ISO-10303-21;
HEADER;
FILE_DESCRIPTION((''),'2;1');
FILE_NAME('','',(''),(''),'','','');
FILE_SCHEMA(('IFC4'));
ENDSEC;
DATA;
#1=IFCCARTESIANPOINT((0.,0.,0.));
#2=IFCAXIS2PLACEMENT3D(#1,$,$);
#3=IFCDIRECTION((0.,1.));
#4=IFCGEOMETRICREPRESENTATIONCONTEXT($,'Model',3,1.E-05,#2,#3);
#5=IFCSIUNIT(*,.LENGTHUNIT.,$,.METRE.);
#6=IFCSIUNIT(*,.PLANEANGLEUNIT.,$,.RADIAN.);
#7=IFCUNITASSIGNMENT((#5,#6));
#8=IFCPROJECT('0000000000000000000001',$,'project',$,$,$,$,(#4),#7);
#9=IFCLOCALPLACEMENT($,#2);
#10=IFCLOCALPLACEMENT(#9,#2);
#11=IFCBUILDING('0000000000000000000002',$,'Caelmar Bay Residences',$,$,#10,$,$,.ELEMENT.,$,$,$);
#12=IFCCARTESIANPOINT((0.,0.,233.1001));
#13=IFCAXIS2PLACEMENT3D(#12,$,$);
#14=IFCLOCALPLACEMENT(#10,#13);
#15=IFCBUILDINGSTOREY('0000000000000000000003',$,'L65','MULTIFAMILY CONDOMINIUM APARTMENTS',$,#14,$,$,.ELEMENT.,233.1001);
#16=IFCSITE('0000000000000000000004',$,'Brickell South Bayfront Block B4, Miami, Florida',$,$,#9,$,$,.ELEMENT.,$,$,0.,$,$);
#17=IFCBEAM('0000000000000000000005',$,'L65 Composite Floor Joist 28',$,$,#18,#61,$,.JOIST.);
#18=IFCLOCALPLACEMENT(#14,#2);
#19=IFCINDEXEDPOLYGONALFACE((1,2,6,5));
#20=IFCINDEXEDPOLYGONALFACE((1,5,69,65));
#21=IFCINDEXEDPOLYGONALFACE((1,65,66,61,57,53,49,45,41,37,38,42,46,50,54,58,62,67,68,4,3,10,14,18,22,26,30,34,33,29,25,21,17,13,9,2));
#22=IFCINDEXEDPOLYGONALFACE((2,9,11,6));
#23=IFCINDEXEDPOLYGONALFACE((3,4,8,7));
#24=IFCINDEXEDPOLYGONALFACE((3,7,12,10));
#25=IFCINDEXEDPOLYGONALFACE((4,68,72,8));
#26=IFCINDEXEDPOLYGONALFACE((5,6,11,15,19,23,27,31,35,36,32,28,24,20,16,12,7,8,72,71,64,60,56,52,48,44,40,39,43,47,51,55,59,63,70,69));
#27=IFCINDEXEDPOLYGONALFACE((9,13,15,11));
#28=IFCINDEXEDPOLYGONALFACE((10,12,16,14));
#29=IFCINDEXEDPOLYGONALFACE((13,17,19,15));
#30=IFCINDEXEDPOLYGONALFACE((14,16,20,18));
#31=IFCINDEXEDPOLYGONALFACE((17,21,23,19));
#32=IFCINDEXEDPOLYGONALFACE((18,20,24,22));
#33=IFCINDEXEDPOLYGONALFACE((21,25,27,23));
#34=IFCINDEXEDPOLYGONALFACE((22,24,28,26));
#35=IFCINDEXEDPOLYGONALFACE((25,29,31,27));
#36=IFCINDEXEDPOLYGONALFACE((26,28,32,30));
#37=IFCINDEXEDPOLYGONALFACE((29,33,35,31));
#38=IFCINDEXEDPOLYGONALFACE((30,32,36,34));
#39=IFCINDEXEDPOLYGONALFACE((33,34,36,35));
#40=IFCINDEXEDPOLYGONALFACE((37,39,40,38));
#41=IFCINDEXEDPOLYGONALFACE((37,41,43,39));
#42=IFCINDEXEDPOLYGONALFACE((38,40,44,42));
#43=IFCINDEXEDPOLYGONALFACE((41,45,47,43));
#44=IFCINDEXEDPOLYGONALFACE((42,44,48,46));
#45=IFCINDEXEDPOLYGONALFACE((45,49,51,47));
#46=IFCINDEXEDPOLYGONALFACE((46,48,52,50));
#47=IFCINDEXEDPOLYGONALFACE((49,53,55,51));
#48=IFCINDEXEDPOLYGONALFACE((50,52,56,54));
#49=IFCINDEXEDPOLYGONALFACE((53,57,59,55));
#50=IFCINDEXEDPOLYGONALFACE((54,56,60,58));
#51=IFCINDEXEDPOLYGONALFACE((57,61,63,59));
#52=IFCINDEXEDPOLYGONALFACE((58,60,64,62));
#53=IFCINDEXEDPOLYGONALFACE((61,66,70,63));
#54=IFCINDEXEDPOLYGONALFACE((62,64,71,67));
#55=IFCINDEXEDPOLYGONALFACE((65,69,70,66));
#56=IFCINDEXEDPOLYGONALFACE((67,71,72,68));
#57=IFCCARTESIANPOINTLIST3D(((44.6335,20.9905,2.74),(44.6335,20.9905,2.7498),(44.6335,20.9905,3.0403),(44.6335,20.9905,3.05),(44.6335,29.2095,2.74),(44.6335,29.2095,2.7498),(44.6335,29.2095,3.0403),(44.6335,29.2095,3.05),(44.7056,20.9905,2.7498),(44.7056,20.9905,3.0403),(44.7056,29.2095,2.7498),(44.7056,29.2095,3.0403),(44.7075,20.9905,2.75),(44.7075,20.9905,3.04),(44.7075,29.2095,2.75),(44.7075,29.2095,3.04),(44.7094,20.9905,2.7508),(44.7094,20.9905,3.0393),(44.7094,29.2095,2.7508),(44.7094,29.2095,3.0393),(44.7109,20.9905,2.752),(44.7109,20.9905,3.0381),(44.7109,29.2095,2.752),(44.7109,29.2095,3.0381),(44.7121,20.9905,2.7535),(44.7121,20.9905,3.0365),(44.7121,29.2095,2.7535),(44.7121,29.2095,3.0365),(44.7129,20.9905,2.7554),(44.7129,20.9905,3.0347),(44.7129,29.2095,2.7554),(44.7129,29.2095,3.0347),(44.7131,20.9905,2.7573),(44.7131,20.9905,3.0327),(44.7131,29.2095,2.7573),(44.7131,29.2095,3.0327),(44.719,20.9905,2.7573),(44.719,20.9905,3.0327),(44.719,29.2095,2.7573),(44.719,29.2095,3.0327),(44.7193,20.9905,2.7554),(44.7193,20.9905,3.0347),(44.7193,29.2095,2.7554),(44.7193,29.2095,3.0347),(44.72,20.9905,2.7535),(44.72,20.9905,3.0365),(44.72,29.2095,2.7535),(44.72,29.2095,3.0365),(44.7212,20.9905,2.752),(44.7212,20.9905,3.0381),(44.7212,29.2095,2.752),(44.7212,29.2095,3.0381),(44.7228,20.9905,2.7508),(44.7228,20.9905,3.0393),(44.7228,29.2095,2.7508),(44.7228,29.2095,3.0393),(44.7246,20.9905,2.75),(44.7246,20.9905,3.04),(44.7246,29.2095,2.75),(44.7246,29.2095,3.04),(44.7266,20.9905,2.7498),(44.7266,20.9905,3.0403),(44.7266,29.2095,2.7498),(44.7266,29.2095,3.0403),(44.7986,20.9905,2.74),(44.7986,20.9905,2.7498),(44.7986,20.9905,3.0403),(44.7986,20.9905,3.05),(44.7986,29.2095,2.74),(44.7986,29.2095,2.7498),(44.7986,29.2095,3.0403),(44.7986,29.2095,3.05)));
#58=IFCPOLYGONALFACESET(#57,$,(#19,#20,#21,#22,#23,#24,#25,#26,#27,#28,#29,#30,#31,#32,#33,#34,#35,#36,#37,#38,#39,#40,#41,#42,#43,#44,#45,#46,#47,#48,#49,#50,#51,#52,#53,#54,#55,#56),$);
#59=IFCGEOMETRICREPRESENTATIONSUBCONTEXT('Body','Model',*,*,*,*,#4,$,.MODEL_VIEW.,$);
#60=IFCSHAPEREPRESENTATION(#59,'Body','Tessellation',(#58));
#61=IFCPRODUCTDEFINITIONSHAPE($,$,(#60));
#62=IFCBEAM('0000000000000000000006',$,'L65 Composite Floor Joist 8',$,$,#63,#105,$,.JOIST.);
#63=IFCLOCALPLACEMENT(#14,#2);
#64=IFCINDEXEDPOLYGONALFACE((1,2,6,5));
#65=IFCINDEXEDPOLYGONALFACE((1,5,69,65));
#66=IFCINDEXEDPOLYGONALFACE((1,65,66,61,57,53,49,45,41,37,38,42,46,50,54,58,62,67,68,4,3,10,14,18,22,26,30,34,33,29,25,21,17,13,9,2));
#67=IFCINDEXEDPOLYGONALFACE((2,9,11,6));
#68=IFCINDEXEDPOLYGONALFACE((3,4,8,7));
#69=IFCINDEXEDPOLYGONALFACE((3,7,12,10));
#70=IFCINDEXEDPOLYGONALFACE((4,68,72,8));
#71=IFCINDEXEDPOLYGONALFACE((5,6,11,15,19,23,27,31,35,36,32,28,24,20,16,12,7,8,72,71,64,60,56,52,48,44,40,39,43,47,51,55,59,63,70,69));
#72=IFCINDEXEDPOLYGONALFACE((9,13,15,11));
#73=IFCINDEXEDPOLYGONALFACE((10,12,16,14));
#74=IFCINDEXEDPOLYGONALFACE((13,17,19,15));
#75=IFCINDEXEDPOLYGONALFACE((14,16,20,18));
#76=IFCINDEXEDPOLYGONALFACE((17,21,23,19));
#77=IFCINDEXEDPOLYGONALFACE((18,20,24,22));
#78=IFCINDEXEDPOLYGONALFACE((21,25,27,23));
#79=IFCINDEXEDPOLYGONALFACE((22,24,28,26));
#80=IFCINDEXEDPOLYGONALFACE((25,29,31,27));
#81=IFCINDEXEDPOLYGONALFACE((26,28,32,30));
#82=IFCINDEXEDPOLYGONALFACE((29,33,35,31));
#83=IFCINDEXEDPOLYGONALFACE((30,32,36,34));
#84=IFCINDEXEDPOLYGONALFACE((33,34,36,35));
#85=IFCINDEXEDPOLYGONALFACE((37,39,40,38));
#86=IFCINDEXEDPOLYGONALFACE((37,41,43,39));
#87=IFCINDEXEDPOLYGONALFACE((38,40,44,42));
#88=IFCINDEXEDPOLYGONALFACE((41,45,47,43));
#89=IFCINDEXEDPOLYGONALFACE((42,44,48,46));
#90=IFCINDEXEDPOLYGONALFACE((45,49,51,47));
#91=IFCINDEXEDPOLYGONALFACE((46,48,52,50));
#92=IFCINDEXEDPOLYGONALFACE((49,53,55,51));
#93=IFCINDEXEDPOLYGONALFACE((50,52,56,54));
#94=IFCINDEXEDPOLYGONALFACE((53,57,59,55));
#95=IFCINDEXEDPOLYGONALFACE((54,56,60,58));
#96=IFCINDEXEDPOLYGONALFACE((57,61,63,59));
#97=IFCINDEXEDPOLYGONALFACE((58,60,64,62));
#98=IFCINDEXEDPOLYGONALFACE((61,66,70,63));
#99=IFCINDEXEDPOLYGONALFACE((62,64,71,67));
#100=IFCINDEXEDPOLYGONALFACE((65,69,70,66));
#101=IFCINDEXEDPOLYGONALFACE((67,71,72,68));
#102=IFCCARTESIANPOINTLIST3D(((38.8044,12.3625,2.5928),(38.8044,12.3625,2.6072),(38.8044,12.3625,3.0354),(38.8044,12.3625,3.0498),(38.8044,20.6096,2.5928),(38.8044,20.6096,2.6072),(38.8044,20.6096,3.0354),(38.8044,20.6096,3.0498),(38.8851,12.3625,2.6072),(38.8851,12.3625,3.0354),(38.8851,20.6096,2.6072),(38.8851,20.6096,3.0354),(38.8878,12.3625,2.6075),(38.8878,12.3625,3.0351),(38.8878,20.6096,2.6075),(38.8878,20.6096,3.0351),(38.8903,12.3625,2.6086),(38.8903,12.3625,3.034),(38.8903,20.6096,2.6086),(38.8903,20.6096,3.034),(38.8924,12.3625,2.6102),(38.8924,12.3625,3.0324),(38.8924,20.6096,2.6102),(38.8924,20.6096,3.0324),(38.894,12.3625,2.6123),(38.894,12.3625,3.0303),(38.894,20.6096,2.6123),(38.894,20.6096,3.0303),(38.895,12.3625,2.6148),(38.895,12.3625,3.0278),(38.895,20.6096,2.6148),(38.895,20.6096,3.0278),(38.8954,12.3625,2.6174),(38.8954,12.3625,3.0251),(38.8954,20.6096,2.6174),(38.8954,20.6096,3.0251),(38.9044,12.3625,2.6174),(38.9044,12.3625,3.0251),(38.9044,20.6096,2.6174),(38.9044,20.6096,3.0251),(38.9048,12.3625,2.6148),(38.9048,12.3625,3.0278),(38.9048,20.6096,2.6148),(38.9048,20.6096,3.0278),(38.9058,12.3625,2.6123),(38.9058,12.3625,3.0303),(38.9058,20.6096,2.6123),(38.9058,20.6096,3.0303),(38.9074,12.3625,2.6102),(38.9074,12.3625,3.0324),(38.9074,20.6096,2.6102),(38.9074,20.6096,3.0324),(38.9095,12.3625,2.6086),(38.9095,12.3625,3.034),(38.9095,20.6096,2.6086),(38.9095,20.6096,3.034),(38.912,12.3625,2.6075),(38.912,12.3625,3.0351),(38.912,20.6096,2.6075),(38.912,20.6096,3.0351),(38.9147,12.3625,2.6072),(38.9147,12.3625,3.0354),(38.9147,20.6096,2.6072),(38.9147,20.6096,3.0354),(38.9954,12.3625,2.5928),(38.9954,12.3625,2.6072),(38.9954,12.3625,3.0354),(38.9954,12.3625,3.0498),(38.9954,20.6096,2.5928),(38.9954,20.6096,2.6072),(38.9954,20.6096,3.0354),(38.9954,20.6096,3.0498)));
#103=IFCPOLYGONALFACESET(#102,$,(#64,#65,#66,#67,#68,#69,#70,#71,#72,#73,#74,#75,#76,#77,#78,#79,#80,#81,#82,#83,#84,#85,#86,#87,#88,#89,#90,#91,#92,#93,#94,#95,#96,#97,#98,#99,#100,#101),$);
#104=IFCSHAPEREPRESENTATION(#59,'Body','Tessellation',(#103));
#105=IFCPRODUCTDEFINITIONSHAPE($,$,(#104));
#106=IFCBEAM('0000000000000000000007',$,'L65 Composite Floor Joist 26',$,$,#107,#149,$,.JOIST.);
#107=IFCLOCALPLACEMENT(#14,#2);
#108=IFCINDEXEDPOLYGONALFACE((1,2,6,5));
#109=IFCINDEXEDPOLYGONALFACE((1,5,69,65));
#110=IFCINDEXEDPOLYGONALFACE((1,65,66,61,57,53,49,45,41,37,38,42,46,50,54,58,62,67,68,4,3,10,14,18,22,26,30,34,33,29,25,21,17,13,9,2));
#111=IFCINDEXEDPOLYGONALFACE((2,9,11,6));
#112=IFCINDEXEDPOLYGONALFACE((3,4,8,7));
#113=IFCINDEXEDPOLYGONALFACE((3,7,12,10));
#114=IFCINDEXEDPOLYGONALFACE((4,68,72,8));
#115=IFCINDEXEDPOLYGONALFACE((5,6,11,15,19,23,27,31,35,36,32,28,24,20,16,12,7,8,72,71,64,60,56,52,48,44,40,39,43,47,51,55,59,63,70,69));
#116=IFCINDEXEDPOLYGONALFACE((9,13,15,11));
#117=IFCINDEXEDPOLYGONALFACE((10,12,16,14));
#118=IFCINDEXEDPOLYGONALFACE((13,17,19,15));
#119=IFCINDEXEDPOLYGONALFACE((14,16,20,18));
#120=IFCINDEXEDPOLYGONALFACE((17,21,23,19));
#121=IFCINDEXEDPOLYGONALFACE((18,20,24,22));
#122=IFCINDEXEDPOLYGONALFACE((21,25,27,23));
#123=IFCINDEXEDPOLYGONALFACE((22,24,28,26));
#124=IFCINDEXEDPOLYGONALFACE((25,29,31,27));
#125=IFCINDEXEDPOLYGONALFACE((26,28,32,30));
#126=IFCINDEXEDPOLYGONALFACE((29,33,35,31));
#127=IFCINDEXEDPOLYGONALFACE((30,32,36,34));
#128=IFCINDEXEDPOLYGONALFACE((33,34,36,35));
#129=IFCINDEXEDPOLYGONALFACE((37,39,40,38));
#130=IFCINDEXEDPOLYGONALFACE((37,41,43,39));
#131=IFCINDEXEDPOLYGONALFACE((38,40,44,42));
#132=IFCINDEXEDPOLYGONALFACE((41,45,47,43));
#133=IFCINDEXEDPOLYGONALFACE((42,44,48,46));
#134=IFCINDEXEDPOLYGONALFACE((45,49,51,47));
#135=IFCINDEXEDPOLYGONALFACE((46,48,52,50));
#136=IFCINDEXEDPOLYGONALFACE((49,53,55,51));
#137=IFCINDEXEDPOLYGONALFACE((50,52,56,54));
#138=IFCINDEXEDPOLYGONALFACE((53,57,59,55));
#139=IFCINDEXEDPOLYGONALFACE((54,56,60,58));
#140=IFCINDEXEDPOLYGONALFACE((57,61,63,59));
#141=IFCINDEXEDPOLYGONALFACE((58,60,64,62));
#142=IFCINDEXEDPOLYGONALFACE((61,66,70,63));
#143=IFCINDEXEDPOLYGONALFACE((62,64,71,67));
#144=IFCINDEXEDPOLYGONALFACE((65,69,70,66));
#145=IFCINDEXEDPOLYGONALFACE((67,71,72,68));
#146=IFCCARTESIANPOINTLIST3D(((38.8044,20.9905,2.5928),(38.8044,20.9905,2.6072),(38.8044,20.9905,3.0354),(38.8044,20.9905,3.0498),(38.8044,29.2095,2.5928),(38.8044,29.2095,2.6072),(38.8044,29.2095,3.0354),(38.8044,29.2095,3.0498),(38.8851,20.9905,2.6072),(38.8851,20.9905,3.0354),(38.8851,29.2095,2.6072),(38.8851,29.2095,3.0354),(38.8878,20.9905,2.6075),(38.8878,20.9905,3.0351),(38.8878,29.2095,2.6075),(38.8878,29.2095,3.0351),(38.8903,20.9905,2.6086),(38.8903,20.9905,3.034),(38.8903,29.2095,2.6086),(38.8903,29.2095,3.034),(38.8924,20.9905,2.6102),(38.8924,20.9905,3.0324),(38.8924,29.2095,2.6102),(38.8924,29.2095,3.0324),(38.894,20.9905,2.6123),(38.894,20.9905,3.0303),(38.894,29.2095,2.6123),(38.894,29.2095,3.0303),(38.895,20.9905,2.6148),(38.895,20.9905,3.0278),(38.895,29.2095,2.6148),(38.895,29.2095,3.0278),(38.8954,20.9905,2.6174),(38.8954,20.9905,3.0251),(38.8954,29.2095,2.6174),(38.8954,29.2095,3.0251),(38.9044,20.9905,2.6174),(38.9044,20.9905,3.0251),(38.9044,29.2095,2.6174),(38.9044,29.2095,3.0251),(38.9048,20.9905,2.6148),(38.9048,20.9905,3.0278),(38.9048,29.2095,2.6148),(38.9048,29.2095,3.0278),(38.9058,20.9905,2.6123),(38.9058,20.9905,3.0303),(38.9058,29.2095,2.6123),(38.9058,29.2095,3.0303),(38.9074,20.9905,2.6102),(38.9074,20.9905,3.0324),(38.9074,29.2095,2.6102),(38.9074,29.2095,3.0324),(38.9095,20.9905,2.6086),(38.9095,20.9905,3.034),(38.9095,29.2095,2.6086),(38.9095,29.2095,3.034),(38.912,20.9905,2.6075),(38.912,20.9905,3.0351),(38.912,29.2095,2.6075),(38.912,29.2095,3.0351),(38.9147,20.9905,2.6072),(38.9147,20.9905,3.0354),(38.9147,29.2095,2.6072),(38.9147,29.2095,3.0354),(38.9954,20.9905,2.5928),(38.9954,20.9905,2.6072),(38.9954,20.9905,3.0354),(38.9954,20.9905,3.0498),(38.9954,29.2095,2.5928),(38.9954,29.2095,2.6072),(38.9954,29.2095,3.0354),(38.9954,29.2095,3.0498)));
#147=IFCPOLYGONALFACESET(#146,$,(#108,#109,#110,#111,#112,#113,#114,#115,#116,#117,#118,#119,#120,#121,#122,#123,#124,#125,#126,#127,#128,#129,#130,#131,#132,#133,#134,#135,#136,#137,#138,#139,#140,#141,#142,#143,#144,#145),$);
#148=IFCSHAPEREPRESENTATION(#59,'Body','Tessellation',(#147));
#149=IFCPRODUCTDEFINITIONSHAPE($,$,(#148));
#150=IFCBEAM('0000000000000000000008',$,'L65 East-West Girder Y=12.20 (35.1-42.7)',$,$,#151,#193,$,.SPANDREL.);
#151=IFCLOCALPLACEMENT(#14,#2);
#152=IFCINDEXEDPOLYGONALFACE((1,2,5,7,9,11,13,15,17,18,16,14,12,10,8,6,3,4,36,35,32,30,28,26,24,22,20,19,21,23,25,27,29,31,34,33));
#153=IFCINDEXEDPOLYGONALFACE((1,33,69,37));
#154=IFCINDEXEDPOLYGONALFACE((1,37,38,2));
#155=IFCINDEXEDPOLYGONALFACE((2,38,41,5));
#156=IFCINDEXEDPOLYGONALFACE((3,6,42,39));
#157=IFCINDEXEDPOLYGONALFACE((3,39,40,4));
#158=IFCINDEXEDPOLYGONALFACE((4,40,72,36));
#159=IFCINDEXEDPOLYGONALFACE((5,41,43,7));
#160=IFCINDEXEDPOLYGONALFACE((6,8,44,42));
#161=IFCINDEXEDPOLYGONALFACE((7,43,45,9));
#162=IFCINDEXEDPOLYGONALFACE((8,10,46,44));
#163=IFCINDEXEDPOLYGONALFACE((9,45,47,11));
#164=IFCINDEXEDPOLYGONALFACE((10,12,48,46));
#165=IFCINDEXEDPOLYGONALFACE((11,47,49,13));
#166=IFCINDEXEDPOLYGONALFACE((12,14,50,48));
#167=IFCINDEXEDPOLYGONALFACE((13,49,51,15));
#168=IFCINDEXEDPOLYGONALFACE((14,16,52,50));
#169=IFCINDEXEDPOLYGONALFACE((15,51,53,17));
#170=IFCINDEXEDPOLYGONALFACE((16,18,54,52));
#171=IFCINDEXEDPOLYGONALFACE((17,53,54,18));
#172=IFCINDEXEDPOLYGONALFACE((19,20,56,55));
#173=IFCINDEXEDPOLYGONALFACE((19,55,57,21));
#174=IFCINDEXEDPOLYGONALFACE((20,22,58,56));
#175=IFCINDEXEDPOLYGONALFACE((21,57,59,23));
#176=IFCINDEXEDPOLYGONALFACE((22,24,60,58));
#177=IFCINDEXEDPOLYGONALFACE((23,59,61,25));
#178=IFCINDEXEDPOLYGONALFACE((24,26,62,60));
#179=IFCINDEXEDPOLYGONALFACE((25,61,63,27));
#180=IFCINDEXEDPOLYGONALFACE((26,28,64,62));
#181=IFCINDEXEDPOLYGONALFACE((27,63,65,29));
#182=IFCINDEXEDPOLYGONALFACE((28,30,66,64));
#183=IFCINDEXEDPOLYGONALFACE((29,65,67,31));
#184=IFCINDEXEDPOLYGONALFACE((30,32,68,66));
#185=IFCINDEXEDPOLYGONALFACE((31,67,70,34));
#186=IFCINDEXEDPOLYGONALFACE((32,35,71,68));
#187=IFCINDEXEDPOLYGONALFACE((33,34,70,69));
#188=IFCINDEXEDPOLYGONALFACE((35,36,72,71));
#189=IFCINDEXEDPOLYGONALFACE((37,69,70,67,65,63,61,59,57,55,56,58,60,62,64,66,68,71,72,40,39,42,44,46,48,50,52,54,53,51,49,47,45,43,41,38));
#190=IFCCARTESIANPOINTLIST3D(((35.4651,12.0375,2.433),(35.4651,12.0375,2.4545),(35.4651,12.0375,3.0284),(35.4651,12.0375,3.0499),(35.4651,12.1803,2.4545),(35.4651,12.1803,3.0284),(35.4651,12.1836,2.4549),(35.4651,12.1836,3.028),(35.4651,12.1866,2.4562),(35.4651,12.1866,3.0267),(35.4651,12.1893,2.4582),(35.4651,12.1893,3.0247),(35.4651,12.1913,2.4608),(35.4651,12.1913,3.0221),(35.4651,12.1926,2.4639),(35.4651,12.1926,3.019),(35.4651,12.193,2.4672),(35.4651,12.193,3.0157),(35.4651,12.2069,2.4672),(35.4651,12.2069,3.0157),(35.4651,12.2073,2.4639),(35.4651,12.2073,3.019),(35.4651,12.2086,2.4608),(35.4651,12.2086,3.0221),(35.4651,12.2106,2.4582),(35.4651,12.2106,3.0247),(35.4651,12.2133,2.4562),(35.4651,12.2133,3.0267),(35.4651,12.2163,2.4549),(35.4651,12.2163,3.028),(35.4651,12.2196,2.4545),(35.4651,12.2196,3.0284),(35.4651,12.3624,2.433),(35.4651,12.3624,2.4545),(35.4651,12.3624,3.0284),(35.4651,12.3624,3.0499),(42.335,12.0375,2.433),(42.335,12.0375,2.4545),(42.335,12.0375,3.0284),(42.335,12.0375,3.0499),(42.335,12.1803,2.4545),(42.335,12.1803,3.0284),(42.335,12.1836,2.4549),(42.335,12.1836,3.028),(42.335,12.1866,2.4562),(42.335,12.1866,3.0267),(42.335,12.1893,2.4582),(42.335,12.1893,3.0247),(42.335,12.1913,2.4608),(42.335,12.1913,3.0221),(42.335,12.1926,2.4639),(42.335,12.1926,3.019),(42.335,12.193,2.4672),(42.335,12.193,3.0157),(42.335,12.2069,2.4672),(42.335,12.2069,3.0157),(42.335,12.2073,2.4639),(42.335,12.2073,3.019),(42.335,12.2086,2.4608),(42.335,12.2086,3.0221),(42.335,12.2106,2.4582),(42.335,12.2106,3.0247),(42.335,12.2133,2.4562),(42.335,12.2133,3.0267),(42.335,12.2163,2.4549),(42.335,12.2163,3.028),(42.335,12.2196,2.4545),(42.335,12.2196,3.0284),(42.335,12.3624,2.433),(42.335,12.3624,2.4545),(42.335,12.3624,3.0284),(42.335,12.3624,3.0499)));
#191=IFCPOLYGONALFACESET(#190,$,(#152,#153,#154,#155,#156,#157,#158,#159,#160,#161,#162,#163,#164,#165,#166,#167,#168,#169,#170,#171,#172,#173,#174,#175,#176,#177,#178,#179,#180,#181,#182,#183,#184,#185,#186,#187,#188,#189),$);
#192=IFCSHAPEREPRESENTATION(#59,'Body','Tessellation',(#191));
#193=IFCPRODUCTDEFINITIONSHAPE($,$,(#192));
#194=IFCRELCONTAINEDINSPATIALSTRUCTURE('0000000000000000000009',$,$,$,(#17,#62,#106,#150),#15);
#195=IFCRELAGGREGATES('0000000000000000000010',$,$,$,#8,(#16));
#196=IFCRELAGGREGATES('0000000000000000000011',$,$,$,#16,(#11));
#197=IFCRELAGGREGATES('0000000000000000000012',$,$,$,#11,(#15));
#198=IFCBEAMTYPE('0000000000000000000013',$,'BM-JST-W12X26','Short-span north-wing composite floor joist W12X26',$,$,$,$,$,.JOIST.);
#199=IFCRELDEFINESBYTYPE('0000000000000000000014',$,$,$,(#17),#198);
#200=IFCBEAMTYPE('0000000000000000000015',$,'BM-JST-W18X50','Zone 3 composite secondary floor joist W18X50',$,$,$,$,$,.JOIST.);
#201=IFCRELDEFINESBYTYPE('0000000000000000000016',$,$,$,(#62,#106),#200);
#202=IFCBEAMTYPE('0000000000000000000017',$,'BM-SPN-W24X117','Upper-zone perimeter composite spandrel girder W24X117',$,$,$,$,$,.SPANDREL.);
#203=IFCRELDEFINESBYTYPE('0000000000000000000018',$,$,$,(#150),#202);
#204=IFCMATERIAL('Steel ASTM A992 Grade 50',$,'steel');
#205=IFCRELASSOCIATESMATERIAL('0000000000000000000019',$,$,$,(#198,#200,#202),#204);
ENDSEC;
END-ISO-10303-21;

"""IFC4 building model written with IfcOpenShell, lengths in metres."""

from ifc_helpers import new_model, si_unit, direction, frame, origin, origin_2d, place, context, subcontext, project, spatial, i_section, extrude, material, material_profile, profile_set, type_object, element, save


model = new_model("IFC4")

# Units and contexts
model_context = context("Model", 3, precision=1e-05, world=origin(), true_north=direction((0.0, 1.0)))
body_context = subcontext(model_context, "Body", "Model", "MODEL_VIEW")
ifc_project = project(units=[si_unit("LENGTHUNIT", "METRE"), si_unit("PLANEANGLEUNIT", "RADIAN")], contexts=[model_context])

# Site, building, storey
site_placement = place(None, origin())
site = spatial("IfcSite", under=ifc_project, at=site_placement, Name="Brickell South Bayfront Block B4, Miami, Florida", CompositionType="ELEMENT", RefElevation=0.0)
building_placement = place(site_placement, origin())
building = spatial("IfcBuilding", under=site, at=building_placement, Name="Caelmar Bay Residences", CompositionType="ELEMENT")
storey_placement = place(building_placement, frame((0.0, 0.0, 233.1001)))
storey = spatial("IfcBuildingStorey", under=building, at=storey_placement, Name="L65", Description="MULTIFAMILY CONDOMINIUM APARTMENTS", CompositionType="ELEMENT", Elevation=233.1001)

# Beams
ifc_material_1 = material(Name="Steel ASTM A992 Grade 50", Category="steel")
ifc_material_profile_1 = material_profile(ifc_material_1, i_section(OverallWidth=0.165, OverallDepth=0.3101, WebThickness=0.0059, FlangeThickness=0.0098, FilletRadius=0.0076, at=origin_2d()), Name="W12X26")
ifc_profile_set_1 = profile_set([ifc_material_profile_1], Name="Steel ASTM A992 Grade 50")
beam_type_1 = type_object("IfcBeamType", Name="BM-JST-W12X26", Description="Short-span north-wing composite floor joist W12X26", PredefinedType="JOIST", material=ifc_profile_set_1)
for number, where, z_axis, x_axis, name in (
    (1, (44.7161, 20.9905, 2.895), (0.0, 1.0, 0.0), (-1.0, 0.0, 0.0), "L65 Composite Floor Joist 28"),
):
    element("IfcBeam", number, at=place(storey_placement, frame(where, z_axis=z_axis, x_axis=x_axis)), inside=storey, type_object=beam_type_1, Name=name, PredefinedType="JOIST", context=body_context, shape_type="SweptSolid", body=[
        extrude(i_section(OverallWidth=0.165, OverallDepth=0.3101, WebThickness=0.0059, FlangeThickness=0.0098, FilletRadius=0.0076, at=origin_2d()), origin(), (0.0, 0.0, 1.0), 8.219),
    ])
ifc_material_profile_2 = material_profile(ifc_material_1, i_section(OverallWidth=0.1909, OverallDepth=0.457, WebThickness=0.009, FlangeThickness=0.0144, FilletRadius=0.0103, at=origin_2d()), Name="W18X50")
ifc_profile_set_2 = profile_set([ifc_material_profile_2], Name="Steel ASTM A992 Grade 50")
beam_type_2 = type_object("IfcBeamType", Name="BM-JST-W18X50", Description="Zone 3 composite secondary floor joist W18X50", PredefinedType="JOIST", material=ifc_profile_set_2)
beam_1_placement = place(storey_placement, frame((38.8999, 12.3625, 2.8213), z_axis=(0.0, 1.0, 0.0), x_axis=(-1.0, 0.0, 0.0)))
element("IfcBeam", 2, at=beam_1_placement, inside=storey, type_object=beam_type_2, Name="L65 Composite Floor Joist 8", PredefinedType="JOIST", context=body_context, shape_type="SweptSolid", body=[
    extrude(i_section(OverallWidth=0.1909, OverallDepth=0.457, WebThickness=0.009, FlangeThickness=0.0144, FilletRadius=0.0103, at=origin_2d()), origin(), (0.0, 0.0, 1.0), 8.2471),
])
beam_2_placement = place(storey_placement, frame((38.8999, 20.9905, 2.8213), z_axis=(0.0, 1.0, 0.0), x_axis=(-1.0, 0.0, 0.0)))
element("IfcBeam", 3, at=beam_2_placement, inside=storey, type_object=beam_type_2, Name="L65 Composite Floor Joist 26", PredefinedType="JOIST", context=body_context, shape_type="SweptSolid", body=[
    extrude(i_section(OverallWidth=0.1909, OverallDepth=0.457, WebThickness=0.009, FlangeThickness=0.0144, FilletRadius=0.0103, at=origin_2d()), origin(), (0.0, 0.0, 1.0), 8.219),
])
ifc_material_profile_3 = material_profile(ifc_material_1, i_section(OverallWidth=0.325, OverallDepth=0.6169, WebThickness=0.0139, FlangeThickness=0.0215, FilletRadius=0.0127, at=origin_2d()), Name="W24X117")
ifc_profile_set_3 = profile_set([ifc_material_profile_3], Name="Steel ASTM A992 Grade 50")
beam_type_3 = type_object("IfcBeamType", Name="BM-SPN-W24X117", Description="Upper-zone perimeter composite spandrel girder W24X117", PredefinedType="SPANDREL", material=ifc_profile_set_3)
beam_3_placement = place(storey_placement, frame((35.4651, 12.2, 2.7415), z_axis=(1.0, 0.0, 0.0), x_axis=(0.0, 1.0, 0.0)))
element("IfcBeam", 4, at=beam_3_placement, inside=storey, type_object=beam_type_3, Name="L65 East-West Girder Y=12.20 (35.1-42.7)", PredefinedType="SPANDREL", context=body_context, shape_type="SweptSolid", body=[
    extrude(i_section(OverallWidth=0.325, OverallDepth=0.6169, WebThickness=0.0139, FlangeThickness=0.0215, FilletRadius=0.0127, at=origin_2d()), origin(), (0.0, 0.0, 1.0), 6.8699),
])

save(model, "model.ifc")
